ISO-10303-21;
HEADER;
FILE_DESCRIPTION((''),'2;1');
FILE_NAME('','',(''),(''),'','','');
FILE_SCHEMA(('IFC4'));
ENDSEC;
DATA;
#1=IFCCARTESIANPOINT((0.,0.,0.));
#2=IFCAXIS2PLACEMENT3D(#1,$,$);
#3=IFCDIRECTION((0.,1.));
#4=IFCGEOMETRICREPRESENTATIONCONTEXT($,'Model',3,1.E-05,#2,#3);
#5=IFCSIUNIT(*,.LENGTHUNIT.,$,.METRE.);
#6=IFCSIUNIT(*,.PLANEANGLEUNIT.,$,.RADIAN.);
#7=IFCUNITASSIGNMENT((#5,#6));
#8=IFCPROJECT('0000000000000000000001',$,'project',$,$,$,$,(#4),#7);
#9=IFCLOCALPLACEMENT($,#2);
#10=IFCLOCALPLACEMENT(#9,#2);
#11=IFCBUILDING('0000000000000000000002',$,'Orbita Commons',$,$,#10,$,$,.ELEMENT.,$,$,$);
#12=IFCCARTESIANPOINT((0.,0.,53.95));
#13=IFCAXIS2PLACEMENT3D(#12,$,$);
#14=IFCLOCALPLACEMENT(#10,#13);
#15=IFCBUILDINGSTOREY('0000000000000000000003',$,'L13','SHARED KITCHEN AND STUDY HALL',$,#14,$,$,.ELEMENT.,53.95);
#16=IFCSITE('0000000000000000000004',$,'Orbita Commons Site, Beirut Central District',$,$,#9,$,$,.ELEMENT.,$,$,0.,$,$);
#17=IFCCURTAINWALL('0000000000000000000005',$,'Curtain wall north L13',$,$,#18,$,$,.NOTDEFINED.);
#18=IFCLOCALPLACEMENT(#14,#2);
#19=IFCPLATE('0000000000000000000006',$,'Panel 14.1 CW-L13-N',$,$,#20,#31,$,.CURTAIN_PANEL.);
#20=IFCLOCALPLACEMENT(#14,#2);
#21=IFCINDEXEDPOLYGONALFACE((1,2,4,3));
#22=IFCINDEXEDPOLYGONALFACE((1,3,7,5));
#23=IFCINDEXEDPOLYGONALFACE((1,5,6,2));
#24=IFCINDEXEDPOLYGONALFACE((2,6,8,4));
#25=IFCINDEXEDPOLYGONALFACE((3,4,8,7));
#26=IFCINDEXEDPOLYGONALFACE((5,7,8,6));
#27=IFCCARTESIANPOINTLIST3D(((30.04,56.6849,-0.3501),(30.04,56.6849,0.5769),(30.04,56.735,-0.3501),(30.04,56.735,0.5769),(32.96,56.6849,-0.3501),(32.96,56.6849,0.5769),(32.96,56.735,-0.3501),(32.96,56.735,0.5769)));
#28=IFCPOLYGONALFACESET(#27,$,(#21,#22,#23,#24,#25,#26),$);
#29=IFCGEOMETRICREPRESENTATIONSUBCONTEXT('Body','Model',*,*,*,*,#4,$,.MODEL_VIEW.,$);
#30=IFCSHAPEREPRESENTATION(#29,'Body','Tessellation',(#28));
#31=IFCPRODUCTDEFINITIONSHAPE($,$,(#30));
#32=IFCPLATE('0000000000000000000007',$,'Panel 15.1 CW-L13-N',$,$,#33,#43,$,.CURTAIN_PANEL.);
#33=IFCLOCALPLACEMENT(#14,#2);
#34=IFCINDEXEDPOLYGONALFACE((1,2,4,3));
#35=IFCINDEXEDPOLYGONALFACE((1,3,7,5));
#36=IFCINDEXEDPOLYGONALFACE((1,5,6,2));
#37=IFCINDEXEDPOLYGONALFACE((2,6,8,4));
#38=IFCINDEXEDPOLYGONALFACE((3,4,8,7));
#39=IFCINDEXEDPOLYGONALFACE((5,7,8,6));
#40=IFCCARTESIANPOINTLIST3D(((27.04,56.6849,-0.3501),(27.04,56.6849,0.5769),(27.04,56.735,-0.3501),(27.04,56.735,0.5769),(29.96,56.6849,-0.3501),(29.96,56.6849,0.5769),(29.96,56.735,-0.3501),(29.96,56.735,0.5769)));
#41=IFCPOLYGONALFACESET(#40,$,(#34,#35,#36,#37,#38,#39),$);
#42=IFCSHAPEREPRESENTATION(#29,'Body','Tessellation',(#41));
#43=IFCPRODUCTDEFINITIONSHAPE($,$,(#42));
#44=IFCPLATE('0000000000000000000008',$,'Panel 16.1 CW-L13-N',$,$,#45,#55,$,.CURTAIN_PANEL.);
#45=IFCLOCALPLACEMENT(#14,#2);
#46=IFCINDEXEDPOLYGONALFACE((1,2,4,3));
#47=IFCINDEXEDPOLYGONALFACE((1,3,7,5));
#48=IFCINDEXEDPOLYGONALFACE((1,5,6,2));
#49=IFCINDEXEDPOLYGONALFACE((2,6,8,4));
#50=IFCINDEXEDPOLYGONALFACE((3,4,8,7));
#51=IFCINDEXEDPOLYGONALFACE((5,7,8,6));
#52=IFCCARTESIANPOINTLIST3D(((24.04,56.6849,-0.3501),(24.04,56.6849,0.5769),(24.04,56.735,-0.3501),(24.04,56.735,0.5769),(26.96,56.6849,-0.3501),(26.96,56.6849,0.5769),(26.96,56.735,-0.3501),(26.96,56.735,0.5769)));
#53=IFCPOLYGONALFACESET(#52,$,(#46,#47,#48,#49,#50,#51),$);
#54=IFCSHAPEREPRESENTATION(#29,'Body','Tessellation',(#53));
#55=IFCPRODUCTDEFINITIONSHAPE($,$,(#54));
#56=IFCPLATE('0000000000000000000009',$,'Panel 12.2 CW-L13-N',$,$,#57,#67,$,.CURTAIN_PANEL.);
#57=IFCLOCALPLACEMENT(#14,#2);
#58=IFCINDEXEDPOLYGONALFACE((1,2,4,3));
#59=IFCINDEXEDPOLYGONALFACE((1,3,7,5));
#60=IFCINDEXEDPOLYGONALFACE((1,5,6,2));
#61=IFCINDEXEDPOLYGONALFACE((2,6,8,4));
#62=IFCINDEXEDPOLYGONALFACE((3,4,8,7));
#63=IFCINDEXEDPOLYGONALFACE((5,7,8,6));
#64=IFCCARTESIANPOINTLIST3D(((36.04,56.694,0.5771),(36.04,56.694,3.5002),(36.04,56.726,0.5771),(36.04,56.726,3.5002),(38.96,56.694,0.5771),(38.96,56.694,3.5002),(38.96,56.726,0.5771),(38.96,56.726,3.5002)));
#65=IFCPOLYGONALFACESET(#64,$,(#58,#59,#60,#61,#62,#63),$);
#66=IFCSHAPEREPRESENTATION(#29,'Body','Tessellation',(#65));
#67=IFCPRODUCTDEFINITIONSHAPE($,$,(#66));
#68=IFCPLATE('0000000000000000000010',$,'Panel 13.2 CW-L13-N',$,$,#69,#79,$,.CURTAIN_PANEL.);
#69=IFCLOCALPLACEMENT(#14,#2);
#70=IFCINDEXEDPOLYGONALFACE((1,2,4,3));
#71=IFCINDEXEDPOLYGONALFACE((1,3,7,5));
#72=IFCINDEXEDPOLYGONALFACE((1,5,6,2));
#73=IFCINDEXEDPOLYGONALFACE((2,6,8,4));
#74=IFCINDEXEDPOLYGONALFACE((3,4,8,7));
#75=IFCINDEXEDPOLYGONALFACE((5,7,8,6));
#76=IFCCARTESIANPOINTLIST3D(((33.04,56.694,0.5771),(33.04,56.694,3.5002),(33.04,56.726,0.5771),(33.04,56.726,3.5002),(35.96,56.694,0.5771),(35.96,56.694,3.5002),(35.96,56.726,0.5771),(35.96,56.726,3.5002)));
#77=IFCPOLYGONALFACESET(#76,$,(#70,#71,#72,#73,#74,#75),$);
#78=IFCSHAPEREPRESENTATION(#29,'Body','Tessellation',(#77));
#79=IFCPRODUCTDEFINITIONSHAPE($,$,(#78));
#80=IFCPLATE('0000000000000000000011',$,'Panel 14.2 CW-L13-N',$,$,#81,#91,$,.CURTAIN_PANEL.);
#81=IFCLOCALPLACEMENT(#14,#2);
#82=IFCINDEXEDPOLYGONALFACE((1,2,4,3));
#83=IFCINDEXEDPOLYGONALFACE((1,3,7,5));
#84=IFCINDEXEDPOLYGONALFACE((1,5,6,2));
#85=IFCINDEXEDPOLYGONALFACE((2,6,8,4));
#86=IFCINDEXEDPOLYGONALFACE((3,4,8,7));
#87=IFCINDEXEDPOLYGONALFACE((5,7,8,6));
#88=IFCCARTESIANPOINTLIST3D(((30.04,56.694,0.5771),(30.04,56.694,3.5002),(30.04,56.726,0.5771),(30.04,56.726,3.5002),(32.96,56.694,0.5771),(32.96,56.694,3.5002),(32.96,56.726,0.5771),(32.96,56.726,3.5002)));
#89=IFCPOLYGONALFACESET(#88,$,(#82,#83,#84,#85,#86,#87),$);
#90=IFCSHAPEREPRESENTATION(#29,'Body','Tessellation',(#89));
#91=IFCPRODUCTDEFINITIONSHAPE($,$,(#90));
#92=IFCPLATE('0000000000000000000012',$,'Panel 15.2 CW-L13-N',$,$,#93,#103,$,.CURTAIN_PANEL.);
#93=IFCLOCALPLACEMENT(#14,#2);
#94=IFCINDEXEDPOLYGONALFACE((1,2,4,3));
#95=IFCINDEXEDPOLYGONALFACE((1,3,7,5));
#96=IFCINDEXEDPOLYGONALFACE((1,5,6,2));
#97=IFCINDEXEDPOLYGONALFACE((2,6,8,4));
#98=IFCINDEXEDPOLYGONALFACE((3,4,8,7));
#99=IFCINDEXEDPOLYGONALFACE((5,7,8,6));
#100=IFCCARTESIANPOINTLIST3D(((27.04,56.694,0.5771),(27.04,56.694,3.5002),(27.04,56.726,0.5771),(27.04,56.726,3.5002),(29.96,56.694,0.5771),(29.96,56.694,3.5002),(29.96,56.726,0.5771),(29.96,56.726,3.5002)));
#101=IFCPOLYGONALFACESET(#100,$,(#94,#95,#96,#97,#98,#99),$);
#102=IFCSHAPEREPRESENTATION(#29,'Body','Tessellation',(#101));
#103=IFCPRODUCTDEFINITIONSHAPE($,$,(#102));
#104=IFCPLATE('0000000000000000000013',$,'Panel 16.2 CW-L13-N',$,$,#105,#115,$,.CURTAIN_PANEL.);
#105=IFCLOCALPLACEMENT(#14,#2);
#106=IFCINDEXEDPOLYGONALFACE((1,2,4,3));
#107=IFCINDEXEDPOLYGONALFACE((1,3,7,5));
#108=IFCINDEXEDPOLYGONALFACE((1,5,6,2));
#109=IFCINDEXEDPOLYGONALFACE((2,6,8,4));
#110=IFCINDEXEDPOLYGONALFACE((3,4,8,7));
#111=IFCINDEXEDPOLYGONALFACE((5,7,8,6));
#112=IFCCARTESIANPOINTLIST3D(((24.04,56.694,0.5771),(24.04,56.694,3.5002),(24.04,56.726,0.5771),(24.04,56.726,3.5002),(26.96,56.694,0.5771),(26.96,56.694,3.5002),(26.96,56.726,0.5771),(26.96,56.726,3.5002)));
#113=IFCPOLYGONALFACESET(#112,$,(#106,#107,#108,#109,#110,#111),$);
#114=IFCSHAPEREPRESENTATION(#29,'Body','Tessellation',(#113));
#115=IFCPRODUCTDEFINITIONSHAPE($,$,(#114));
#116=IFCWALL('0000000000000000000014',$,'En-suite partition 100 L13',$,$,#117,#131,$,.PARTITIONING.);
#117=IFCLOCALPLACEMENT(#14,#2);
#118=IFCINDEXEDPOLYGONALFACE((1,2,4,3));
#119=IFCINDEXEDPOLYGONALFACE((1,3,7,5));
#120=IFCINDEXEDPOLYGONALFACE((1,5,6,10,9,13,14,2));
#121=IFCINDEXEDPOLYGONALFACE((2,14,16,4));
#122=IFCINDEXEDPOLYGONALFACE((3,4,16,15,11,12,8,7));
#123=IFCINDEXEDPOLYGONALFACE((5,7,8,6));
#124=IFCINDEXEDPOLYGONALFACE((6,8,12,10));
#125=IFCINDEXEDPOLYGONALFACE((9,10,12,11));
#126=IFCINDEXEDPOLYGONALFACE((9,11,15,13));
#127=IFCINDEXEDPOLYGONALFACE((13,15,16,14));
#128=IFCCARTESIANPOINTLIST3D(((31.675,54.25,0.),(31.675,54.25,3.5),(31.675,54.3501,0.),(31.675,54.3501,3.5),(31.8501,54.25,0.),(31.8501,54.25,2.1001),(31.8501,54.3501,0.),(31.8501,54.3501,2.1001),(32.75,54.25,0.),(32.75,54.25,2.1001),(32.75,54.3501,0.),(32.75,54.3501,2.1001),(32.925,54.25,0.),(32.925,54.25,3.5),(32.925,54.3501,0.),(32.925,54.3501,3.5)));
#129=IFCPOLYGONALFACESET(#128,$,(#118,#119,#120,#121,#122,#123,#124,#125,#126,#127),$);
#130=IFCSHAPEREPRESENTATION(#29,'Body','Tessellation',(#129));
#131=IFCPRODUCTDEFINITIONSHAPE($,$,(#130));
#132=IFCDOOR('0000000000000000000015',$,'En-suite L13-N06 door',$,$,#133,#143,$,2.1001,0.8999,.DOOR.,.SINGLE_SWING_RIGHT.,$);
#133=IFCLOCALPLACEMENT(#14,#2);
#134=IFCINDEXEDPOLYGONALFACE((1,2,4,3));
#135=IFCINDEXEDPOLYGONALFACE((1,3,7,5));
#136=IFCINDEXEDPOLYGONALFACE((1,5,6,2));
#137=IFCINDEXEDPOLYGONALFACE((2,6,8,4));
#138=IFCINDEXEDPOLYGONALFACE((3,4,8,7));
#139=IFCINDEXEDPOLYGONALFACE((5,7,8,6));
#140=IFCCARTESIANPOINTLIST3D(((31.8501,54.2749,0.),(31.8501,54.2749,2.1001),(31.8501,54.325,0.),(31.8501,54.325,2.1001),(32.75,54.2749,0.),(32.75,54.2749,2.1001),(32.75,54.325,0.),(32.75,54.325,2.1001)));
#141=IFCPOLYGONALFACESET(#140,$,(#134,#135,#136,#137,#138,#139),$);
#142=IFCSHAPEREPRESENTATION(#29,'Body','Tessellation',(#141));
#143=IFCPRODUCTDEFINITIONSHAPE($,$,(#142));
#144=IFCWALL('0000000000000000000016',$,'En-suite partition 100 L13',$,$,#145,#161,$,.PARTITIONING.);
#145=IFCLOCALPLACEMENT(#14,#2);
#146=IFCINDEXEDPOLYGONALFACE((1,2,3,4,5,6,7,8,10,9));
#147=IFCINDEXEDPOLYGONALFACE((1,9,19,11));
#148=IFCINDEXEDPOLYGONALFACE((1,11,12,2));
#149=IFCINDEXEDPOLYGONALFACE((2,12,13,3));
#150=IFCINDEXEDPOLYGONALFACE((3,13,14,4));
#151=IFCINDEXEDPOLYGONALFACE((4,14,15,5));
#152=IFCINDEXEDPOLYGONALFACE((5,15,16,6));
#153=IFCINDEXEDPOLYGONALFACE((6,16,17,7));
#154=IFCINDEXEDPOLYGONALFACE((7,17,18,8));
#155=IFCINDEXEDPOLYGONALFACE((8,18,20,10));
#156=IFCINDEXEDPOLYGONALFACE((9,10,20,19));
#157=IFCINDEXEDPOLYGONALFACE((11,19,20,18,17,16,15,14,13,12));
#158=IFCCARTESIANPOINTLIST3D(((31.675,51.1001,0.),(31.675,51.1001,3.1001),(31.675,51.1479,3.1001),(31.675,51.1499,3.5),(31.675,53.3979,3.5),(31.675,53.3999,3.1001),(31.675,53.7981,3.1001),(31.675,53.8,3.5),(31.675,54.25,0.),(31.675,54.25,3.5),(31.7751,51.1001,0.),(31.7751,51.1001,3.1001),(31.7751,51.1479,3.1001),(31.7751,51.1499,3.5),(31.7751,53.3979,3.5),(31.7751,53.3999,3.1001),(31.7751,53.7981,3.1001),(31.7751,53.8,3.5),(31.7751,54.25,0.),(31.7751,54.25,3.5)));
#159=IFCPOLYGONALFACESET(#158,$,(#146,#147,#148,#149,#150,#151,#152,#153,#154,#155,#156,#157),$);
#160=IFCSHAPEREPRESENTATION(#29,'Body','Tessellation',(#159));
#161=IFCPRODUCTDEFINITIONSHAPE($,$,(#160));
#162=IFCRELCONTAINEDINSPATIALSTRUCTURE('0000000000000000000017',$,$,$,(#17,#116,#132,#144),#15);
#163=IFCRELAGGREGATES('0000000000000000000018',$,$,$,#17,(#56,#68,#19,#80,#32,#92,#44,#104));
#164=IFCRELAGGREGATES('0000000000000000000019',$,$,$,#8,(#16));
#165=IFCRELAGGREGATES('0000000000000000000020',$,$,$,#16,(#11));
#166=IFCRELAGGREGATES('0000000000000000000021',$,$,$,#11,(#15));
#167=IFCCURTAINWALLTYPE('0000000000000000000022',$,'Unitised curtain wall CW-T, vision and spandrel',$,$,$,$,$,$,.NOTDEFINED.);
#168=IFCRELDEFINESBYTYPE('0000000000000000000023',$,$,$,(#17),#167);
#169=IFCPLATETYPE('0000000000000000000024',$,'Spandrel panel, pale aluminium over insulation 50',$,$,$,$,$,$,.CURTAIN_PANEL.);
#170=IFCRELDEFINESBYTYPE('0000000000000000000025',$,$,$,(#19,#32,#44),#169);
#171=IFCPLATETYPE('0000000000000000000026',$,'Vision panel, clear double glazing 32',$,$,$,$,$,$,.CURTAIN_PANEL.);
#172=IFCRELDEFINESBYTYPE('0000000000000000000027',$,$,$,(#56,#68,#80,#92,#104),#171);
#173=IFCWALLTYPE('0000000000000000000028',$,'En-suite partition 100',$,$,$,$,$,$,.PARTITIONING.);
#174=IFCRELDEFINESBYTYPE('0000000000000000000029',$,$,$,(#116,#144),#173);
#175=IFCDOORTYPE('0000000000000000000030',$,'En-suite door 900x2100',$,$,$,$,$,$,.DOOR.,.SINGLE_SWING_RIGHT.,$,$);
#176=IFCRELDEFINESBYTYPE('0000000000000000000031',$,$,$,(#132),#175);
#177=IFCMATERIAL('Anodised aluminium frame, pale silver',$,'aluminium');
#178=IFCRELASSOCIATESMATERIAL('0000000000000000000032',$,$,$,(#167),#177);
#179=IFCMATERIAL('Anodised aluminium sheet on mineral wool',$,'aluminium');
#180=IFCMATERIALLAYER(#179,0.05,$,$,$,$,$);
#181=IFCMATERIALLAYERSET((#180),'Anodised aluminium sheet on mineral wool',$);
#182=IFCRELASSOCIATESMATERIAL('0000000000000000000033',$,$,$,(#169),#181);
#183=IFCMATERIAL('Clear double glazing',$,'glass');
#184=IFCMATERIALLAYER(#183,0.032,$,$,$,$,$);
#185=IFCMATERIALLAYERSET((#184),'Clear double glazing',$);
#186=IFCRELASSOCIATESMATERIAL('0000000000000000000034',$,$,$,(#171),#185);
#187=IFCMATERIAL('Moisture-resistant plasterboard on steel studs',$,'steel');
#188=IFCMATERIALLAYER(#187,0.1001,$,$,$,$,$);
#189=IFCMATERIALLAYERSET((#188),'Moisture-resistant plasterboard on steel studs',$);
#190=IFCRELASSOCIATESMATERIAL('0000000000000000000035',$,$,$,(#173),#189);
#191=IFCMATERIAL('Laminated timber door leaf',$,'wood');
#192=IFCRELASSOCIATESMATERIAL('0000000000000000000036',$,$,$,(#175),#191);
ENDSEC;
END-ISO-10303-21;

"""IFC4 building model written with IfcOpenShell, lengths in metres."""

from ifc_helpers import new_model, si_unit, direction, frame, frame_2d, origin, origin_2d, place, context, subcontext, project, spatial, polyline, rectangle, outline, extrude, material, layer, layer_set, type_object, element, fill, aggregate, save


model = new_model("IFC4")

# Units and contexts
model_context = context("Model", 3, precision=1e-05, world=origin(), true_north=direction((0.0, 1.0)))
body_context = subcontext(model_context, "Body", "Model", "MODEL_VIEW")
ifc_project = project(units=[si_unit("LENGTHUNIT", "METRE"), si_unit("PLANEANGLEUNIT", "RADIAN")], contexts=[model_context])

# Site, building, storey
site_placement = place(None, origin())
site = spatial("IfcSite", under=ifc_project, at=site_placement, Name="Orbita Commons Site, Beirut Central District", CompositionType="ELEMENT", RefElevation=0.0)
building_placement = place(site_placement, origin())
building = spatial("IfcBuilding", under=site, at=building_placement, Name="Orbita Commons", CompositionType="ELEMENT")
storey_placement = place(building_placement, frame((0.0, 0.0, 53.95)))
storey = spatial("IfcBuildingStorey", under=building, at=storey_placement, Name="L13", Description="SHARED KITCHEN AND STUDY HALL", CompositionType="ELEMENT", Elevation=53.95)

# Curtain wall, plates
ifc_material_1 = material(Name="Anodised aluminium frame, pale silver", Category="aluminium")
curtain_wall_type = type_object("IfcCurtainWallType", Name="Unitised curtain wall CW-T, vision and spandrel", PredefinedType="NOTDEFINED", material=ifc_material_1)
curtain_wall_placement = place(storey_placement, origin())
curtain_wall = element("IfcCurtainWall", 1, at=curtain_wall_placement, inside=storey, type_object=curtain_wall_type, Name="Curtain wall north L13", PredefinedType="NOTDEFINED")
ifc_material_2 = material(Name="Anodised aluminium sheet on mineral wool", Category="aluminium")
ifc_layer_1 = layer(ifc_material_2, 0.05)
ifc_layer_set_1 = layer_set([ifc_layer_1], Name="Anodised aluminium sheet on mineral wool")
plate_type_1 = type_object("IfcPlateType", Name="Spandrel panel, pale aluminium over insulation 50", PredefinedType="CURTAIN_PANEL", material=ifc_layer_set_1)
plate_1_placement = place(storey_placement, frame((31.5, 56.71, -0.3501), z_axis=(0.0, 0.0, 1.0), x_axis=(-1.0, 0.0, 0.0)))
plate_1 = element("IfcPlate", 2, at=plate_1_placement, type_object=plate_type_1, Name="Panel 14.1 CW-L13-N", PredefinedType="CURTAIN_PANEL", context=body_context, shape_type="SweptSolid", body=[
    extrude(rectangle(XDim=2.9199, YDim=0.05, at=origin_2d()), origin(), (0.0, 0.0, 1.0), 0.927),
])
plate_2_placement = place(storey_placement, frame((28.5, 56.71, -0.3501), z_axis=(0.0, 0.0, 1.0), x_axis=(-1.0, 0.0, 0.0)))
plate_2 = element("IfcPlate", 3, at=plate_2_placement, type_object=plate_type_1, Name="Panel 15.1 CW-L13-N", PredefinedType="CURTAIN_PANEL", context=body_context, shape_type="SweptSolid", body=[
    extrude(rectangle(XDim=2.9199, YDim=0.05, at=origin_2d()), origin(), (0.0, 0.0, 1.0), 0.927),
])
plate_3_placement = place(storey_placement, frame((25.5, 56.71, -0.3501), z_axis=(0.0, 0.0, 1.0), x_axis=(-1.0, 0.0, 0.0)))
plate_3 = element("IfcPlate", 4, at=plate_3_placement, type_object=plate_type_1, Name="Panel 16.1 CW-L13-N", PredefinedType="CURTAIN_PANEL", context=body_context, shape_type="SweptSolid", body=[
    extrude(rectangle(XDim=2.9199, YDim=0.05, at=origin_2d()), origin(), (0.0, 0.0, 1.0), 0.927),
])
ifc_material_3 = material(Name="Clear double glazing", Category="glass")
ifc_layer_2 = layer(ifc_material_3, 0.032)
ifc_layer_set_2 = layer_set([ifc_layer_2], Name="Clear double glazing")
plate_type_2 = type_object("IfcPlateType", Name="Vision panel, clear double glazing 32", PredefinedType="CURTAIN_PANEL", material=ifc_layer_set_2)
plate_4_placement = place(storey_placement, frame((37.5, 56.71, 0.5771), z_axis=(0.0, 0.0, 1.0), x_axis=(-1.0, 0.0, 0.0)))
plate_4 = element("IfcPlate", 5, at=plate_4_placement, type_object=plate_type_2, Name="Panel 12.2 CW-L13-N", PredefinedType="CURTAIN_PANEL", context=body_context, shape_type="SweptSolid", body=[
    extrude(rectangle(XDim=2.9199, YDim=0.032, at=origin_2d()), origin(), (0.0, 0.0, 1.0), 2.9231),
])
plate_5_placement = place(storey_placement, frame((34.5, 56.71, 0.5771), z_axis=(0.0, 0.0, 1.0), x_axis=(-1.0, 0.0, 0.0)))
plate_5 = element("IfcPlate", 6, at=plate_5_placement, type_object=plate_type_2, Name="Panel 13.2 CW-L13-N", PredefinedType="CURTAIN_PANEL", context=body_context, shape_type="SweptSolid", body=[
    extrude(rectangle(XDim=2.9199, YDim=0.032, at=origin_2d()), origin(), (0.0, 0.0, 1.0), 2.9231),
])
plate_6_placement = place(storey_placement, frame((31.5, 56.71, 0.5771), z_axis=(0.0, 0.0, 1.0), x_axis=(-1.0, 0.0, 0.0)))
plate_6 = element("IfcPlate", 7, at=plate_6_placement, type_object=plate_type_2, Name="Panel 14.2 CW-L13-N", PredefinedType="CURTAIN_PANEL", context=body_context, shape_type="SweptSolid", body=[
    extrude(rectangle(XDim=2.9199, YDim=0.032, at=origin_2d()), origin(), (0.0, 0.0, 1.0), 2.9231),
])
plate_7_placement = place(storey_placement, frame((28.5, 56.71, 0.5771), z_axis=(0.0, 0.0, 1.0), x_axis=(-1.0, 0.0, 0.0)))
plate_7 = element("IfcPlate", 8, at=plate_7_placement, type_object=plate_type_2, Name="Panel 15.2 CW-L13-N", PredefinedType="CURTAIN_PANEL", context=body_context, shape_type="SweptSolid", body=[
    extrude(rectangle(XDim=2.9199, YDim=0.032, at=origin_2d()), origin(), (0.0, 0.0, 1.0), 2.9231),
])
plate_8_placement = place(storey_placement, frame((25.5, 56.71, 0.5771), z_axis=(0.0, 0.0, 1.0), x_axis=(-1.0, 0.0, 0.0)))
plate_8 = element("IfcPlate", 9, at=plate_8_placement, type_object=plate_type_2, Name="Panel 16.2 CW-L13-N", PredefinedType="CURTAIN_PANEL", context=body_context, shape_type="SweptSolid", body=[
    extrude(rectangle(XDim=2.9199, YDim=0.032, at=origin_2d()), origin(), (0.0, 0.0, 1.0), 2.9231),
])
aggregate(curtain_wall, [plate_4, plate_5, plate_1, plate_6, plate_2, plate_7, plate_3, plate_8])

# Wall, opening, door
ifc_material_4 = material(Name="Moisture-resistant plasterboard on steel studs", Category="steel")
ifc_layer_3 = layer(ifc_material_4, 0.1001)
ifc_layer_set_3 = layer_set([ifc_layer_3], Name="Moisture-resistant plasterboard on steel studs")
wall_type_1 = type_object("IfcWallType", Name="En-suite partition 100", PredefinedType="PARTITIONING", material=ifc_layer_set_3)
wall_1_placement = place(storey_placement, frame((31.675, 54.3, 0.0), z_axis=(0.0, 0.0, 1.0), x_axis=(1.0, 0.0, 0.0)))
wall_1 = element("IfcWall", 10, at=wall_1_placement, inside=storey, type_object=wall_type_1, Name="En-suite partition 100 L13", PredefinedType="PARTITIONING", context=body_context, shape_type="SweptSolid", body=[
    extrude(rectangle(XDim=1.25, YDim=0.1001, at=frame_2d((0.625, 0.0))), origin(), (0.0, 0.0, 1.0), 3.5),
])
opening_1_placement = place(wall_1_placement, frame((0.175, 0.0, 0.0)))
opening_1 = element("IfcOpeningElement", 11, at=opening_1_placement, cuts=wall_1, PredefinedType="OPENING", context=body_context, shape_type="SweptSolid", body=[
    extrude(rectangle(XDim=0.8999, YDim=2.1001, at=frame_2d((0.45, 1.05))), frame((0.0, 0.0601, 0.0), z_axis=(0.0, -1.0, 0.0), x_axis=(1.0, 0.0, 0.0)), (0.0, 0.0, 1.0), 0.1201),
])
ifc_material_5 = material(Name="Laminated timber door leaf", Category="wood")
door_type_1 = type_object("IfcDoorType", Name="En-suite door 900x2100", OperationType="SINGLE_SWING_RIGHT", PredefinedType="DOOR", material=ifc_material_5)
door_1_placement = place(opening_1_placement, origin())
door_1 = element("IfcDoor", 12, at=door_1_placement, inside=storey, type_object=door_type_1, Name="En-suite L13-N06 door", OperationType="SINGLE_SWING_RIGHT", OverallHeight=2.1001, OverallWidth=0.8999, PredefinedType="DOOR", context=body_context, shape_type="SweptSolid", body=[
    extrude(rectangle(XDim=0.8999, YDim=2.1001, at=frame_2d((0.45, 1.05))), frame((0.0, 0.0249, 0.0), z_axis=(0.0, -1.0, 0.0), x_axis=(1.0, 0.0, 0.0)), (0.0, 0.0, 1.0), 0.05),
])
fill(opening_1, door_1)

# Wall
wall_2_placement = place(storey_placement, frame((31.7251, 54.25, 0.0), z_axis=(0.0, 0.0, 1.0), x_axis=(0.0, -1.0, 0.0)))
element("IfcWall", 13, at=wall_2_placement, inside=storey, type_object=wall_type_1, Name="En-suite partition 100 L13", PredefinedType="PARTITIONING", context=body_context, shape_type="SweptSolid", body=[
    extrude(outline(polyline([(0.0, 0.0), (3.1499, 0.0), (3.1499, 3.1001), (3.1021, 3.1001), (3.1001, 3.5), (0.8521, 3.5), (0.8501, 3.1001), (0.4519, 3.1001), (0.45, 3.5), (0.0, 3.5), (0.0, 0.0)])), frame((0.0, 0.05, 0.0), z_axis=(0.0, -1.0, 0.0), x_axis=(1.0, 0.0, 0.0)), (0.0, 0.0, 1.0), 0.1001),
])

save(model, "model.ifc")
